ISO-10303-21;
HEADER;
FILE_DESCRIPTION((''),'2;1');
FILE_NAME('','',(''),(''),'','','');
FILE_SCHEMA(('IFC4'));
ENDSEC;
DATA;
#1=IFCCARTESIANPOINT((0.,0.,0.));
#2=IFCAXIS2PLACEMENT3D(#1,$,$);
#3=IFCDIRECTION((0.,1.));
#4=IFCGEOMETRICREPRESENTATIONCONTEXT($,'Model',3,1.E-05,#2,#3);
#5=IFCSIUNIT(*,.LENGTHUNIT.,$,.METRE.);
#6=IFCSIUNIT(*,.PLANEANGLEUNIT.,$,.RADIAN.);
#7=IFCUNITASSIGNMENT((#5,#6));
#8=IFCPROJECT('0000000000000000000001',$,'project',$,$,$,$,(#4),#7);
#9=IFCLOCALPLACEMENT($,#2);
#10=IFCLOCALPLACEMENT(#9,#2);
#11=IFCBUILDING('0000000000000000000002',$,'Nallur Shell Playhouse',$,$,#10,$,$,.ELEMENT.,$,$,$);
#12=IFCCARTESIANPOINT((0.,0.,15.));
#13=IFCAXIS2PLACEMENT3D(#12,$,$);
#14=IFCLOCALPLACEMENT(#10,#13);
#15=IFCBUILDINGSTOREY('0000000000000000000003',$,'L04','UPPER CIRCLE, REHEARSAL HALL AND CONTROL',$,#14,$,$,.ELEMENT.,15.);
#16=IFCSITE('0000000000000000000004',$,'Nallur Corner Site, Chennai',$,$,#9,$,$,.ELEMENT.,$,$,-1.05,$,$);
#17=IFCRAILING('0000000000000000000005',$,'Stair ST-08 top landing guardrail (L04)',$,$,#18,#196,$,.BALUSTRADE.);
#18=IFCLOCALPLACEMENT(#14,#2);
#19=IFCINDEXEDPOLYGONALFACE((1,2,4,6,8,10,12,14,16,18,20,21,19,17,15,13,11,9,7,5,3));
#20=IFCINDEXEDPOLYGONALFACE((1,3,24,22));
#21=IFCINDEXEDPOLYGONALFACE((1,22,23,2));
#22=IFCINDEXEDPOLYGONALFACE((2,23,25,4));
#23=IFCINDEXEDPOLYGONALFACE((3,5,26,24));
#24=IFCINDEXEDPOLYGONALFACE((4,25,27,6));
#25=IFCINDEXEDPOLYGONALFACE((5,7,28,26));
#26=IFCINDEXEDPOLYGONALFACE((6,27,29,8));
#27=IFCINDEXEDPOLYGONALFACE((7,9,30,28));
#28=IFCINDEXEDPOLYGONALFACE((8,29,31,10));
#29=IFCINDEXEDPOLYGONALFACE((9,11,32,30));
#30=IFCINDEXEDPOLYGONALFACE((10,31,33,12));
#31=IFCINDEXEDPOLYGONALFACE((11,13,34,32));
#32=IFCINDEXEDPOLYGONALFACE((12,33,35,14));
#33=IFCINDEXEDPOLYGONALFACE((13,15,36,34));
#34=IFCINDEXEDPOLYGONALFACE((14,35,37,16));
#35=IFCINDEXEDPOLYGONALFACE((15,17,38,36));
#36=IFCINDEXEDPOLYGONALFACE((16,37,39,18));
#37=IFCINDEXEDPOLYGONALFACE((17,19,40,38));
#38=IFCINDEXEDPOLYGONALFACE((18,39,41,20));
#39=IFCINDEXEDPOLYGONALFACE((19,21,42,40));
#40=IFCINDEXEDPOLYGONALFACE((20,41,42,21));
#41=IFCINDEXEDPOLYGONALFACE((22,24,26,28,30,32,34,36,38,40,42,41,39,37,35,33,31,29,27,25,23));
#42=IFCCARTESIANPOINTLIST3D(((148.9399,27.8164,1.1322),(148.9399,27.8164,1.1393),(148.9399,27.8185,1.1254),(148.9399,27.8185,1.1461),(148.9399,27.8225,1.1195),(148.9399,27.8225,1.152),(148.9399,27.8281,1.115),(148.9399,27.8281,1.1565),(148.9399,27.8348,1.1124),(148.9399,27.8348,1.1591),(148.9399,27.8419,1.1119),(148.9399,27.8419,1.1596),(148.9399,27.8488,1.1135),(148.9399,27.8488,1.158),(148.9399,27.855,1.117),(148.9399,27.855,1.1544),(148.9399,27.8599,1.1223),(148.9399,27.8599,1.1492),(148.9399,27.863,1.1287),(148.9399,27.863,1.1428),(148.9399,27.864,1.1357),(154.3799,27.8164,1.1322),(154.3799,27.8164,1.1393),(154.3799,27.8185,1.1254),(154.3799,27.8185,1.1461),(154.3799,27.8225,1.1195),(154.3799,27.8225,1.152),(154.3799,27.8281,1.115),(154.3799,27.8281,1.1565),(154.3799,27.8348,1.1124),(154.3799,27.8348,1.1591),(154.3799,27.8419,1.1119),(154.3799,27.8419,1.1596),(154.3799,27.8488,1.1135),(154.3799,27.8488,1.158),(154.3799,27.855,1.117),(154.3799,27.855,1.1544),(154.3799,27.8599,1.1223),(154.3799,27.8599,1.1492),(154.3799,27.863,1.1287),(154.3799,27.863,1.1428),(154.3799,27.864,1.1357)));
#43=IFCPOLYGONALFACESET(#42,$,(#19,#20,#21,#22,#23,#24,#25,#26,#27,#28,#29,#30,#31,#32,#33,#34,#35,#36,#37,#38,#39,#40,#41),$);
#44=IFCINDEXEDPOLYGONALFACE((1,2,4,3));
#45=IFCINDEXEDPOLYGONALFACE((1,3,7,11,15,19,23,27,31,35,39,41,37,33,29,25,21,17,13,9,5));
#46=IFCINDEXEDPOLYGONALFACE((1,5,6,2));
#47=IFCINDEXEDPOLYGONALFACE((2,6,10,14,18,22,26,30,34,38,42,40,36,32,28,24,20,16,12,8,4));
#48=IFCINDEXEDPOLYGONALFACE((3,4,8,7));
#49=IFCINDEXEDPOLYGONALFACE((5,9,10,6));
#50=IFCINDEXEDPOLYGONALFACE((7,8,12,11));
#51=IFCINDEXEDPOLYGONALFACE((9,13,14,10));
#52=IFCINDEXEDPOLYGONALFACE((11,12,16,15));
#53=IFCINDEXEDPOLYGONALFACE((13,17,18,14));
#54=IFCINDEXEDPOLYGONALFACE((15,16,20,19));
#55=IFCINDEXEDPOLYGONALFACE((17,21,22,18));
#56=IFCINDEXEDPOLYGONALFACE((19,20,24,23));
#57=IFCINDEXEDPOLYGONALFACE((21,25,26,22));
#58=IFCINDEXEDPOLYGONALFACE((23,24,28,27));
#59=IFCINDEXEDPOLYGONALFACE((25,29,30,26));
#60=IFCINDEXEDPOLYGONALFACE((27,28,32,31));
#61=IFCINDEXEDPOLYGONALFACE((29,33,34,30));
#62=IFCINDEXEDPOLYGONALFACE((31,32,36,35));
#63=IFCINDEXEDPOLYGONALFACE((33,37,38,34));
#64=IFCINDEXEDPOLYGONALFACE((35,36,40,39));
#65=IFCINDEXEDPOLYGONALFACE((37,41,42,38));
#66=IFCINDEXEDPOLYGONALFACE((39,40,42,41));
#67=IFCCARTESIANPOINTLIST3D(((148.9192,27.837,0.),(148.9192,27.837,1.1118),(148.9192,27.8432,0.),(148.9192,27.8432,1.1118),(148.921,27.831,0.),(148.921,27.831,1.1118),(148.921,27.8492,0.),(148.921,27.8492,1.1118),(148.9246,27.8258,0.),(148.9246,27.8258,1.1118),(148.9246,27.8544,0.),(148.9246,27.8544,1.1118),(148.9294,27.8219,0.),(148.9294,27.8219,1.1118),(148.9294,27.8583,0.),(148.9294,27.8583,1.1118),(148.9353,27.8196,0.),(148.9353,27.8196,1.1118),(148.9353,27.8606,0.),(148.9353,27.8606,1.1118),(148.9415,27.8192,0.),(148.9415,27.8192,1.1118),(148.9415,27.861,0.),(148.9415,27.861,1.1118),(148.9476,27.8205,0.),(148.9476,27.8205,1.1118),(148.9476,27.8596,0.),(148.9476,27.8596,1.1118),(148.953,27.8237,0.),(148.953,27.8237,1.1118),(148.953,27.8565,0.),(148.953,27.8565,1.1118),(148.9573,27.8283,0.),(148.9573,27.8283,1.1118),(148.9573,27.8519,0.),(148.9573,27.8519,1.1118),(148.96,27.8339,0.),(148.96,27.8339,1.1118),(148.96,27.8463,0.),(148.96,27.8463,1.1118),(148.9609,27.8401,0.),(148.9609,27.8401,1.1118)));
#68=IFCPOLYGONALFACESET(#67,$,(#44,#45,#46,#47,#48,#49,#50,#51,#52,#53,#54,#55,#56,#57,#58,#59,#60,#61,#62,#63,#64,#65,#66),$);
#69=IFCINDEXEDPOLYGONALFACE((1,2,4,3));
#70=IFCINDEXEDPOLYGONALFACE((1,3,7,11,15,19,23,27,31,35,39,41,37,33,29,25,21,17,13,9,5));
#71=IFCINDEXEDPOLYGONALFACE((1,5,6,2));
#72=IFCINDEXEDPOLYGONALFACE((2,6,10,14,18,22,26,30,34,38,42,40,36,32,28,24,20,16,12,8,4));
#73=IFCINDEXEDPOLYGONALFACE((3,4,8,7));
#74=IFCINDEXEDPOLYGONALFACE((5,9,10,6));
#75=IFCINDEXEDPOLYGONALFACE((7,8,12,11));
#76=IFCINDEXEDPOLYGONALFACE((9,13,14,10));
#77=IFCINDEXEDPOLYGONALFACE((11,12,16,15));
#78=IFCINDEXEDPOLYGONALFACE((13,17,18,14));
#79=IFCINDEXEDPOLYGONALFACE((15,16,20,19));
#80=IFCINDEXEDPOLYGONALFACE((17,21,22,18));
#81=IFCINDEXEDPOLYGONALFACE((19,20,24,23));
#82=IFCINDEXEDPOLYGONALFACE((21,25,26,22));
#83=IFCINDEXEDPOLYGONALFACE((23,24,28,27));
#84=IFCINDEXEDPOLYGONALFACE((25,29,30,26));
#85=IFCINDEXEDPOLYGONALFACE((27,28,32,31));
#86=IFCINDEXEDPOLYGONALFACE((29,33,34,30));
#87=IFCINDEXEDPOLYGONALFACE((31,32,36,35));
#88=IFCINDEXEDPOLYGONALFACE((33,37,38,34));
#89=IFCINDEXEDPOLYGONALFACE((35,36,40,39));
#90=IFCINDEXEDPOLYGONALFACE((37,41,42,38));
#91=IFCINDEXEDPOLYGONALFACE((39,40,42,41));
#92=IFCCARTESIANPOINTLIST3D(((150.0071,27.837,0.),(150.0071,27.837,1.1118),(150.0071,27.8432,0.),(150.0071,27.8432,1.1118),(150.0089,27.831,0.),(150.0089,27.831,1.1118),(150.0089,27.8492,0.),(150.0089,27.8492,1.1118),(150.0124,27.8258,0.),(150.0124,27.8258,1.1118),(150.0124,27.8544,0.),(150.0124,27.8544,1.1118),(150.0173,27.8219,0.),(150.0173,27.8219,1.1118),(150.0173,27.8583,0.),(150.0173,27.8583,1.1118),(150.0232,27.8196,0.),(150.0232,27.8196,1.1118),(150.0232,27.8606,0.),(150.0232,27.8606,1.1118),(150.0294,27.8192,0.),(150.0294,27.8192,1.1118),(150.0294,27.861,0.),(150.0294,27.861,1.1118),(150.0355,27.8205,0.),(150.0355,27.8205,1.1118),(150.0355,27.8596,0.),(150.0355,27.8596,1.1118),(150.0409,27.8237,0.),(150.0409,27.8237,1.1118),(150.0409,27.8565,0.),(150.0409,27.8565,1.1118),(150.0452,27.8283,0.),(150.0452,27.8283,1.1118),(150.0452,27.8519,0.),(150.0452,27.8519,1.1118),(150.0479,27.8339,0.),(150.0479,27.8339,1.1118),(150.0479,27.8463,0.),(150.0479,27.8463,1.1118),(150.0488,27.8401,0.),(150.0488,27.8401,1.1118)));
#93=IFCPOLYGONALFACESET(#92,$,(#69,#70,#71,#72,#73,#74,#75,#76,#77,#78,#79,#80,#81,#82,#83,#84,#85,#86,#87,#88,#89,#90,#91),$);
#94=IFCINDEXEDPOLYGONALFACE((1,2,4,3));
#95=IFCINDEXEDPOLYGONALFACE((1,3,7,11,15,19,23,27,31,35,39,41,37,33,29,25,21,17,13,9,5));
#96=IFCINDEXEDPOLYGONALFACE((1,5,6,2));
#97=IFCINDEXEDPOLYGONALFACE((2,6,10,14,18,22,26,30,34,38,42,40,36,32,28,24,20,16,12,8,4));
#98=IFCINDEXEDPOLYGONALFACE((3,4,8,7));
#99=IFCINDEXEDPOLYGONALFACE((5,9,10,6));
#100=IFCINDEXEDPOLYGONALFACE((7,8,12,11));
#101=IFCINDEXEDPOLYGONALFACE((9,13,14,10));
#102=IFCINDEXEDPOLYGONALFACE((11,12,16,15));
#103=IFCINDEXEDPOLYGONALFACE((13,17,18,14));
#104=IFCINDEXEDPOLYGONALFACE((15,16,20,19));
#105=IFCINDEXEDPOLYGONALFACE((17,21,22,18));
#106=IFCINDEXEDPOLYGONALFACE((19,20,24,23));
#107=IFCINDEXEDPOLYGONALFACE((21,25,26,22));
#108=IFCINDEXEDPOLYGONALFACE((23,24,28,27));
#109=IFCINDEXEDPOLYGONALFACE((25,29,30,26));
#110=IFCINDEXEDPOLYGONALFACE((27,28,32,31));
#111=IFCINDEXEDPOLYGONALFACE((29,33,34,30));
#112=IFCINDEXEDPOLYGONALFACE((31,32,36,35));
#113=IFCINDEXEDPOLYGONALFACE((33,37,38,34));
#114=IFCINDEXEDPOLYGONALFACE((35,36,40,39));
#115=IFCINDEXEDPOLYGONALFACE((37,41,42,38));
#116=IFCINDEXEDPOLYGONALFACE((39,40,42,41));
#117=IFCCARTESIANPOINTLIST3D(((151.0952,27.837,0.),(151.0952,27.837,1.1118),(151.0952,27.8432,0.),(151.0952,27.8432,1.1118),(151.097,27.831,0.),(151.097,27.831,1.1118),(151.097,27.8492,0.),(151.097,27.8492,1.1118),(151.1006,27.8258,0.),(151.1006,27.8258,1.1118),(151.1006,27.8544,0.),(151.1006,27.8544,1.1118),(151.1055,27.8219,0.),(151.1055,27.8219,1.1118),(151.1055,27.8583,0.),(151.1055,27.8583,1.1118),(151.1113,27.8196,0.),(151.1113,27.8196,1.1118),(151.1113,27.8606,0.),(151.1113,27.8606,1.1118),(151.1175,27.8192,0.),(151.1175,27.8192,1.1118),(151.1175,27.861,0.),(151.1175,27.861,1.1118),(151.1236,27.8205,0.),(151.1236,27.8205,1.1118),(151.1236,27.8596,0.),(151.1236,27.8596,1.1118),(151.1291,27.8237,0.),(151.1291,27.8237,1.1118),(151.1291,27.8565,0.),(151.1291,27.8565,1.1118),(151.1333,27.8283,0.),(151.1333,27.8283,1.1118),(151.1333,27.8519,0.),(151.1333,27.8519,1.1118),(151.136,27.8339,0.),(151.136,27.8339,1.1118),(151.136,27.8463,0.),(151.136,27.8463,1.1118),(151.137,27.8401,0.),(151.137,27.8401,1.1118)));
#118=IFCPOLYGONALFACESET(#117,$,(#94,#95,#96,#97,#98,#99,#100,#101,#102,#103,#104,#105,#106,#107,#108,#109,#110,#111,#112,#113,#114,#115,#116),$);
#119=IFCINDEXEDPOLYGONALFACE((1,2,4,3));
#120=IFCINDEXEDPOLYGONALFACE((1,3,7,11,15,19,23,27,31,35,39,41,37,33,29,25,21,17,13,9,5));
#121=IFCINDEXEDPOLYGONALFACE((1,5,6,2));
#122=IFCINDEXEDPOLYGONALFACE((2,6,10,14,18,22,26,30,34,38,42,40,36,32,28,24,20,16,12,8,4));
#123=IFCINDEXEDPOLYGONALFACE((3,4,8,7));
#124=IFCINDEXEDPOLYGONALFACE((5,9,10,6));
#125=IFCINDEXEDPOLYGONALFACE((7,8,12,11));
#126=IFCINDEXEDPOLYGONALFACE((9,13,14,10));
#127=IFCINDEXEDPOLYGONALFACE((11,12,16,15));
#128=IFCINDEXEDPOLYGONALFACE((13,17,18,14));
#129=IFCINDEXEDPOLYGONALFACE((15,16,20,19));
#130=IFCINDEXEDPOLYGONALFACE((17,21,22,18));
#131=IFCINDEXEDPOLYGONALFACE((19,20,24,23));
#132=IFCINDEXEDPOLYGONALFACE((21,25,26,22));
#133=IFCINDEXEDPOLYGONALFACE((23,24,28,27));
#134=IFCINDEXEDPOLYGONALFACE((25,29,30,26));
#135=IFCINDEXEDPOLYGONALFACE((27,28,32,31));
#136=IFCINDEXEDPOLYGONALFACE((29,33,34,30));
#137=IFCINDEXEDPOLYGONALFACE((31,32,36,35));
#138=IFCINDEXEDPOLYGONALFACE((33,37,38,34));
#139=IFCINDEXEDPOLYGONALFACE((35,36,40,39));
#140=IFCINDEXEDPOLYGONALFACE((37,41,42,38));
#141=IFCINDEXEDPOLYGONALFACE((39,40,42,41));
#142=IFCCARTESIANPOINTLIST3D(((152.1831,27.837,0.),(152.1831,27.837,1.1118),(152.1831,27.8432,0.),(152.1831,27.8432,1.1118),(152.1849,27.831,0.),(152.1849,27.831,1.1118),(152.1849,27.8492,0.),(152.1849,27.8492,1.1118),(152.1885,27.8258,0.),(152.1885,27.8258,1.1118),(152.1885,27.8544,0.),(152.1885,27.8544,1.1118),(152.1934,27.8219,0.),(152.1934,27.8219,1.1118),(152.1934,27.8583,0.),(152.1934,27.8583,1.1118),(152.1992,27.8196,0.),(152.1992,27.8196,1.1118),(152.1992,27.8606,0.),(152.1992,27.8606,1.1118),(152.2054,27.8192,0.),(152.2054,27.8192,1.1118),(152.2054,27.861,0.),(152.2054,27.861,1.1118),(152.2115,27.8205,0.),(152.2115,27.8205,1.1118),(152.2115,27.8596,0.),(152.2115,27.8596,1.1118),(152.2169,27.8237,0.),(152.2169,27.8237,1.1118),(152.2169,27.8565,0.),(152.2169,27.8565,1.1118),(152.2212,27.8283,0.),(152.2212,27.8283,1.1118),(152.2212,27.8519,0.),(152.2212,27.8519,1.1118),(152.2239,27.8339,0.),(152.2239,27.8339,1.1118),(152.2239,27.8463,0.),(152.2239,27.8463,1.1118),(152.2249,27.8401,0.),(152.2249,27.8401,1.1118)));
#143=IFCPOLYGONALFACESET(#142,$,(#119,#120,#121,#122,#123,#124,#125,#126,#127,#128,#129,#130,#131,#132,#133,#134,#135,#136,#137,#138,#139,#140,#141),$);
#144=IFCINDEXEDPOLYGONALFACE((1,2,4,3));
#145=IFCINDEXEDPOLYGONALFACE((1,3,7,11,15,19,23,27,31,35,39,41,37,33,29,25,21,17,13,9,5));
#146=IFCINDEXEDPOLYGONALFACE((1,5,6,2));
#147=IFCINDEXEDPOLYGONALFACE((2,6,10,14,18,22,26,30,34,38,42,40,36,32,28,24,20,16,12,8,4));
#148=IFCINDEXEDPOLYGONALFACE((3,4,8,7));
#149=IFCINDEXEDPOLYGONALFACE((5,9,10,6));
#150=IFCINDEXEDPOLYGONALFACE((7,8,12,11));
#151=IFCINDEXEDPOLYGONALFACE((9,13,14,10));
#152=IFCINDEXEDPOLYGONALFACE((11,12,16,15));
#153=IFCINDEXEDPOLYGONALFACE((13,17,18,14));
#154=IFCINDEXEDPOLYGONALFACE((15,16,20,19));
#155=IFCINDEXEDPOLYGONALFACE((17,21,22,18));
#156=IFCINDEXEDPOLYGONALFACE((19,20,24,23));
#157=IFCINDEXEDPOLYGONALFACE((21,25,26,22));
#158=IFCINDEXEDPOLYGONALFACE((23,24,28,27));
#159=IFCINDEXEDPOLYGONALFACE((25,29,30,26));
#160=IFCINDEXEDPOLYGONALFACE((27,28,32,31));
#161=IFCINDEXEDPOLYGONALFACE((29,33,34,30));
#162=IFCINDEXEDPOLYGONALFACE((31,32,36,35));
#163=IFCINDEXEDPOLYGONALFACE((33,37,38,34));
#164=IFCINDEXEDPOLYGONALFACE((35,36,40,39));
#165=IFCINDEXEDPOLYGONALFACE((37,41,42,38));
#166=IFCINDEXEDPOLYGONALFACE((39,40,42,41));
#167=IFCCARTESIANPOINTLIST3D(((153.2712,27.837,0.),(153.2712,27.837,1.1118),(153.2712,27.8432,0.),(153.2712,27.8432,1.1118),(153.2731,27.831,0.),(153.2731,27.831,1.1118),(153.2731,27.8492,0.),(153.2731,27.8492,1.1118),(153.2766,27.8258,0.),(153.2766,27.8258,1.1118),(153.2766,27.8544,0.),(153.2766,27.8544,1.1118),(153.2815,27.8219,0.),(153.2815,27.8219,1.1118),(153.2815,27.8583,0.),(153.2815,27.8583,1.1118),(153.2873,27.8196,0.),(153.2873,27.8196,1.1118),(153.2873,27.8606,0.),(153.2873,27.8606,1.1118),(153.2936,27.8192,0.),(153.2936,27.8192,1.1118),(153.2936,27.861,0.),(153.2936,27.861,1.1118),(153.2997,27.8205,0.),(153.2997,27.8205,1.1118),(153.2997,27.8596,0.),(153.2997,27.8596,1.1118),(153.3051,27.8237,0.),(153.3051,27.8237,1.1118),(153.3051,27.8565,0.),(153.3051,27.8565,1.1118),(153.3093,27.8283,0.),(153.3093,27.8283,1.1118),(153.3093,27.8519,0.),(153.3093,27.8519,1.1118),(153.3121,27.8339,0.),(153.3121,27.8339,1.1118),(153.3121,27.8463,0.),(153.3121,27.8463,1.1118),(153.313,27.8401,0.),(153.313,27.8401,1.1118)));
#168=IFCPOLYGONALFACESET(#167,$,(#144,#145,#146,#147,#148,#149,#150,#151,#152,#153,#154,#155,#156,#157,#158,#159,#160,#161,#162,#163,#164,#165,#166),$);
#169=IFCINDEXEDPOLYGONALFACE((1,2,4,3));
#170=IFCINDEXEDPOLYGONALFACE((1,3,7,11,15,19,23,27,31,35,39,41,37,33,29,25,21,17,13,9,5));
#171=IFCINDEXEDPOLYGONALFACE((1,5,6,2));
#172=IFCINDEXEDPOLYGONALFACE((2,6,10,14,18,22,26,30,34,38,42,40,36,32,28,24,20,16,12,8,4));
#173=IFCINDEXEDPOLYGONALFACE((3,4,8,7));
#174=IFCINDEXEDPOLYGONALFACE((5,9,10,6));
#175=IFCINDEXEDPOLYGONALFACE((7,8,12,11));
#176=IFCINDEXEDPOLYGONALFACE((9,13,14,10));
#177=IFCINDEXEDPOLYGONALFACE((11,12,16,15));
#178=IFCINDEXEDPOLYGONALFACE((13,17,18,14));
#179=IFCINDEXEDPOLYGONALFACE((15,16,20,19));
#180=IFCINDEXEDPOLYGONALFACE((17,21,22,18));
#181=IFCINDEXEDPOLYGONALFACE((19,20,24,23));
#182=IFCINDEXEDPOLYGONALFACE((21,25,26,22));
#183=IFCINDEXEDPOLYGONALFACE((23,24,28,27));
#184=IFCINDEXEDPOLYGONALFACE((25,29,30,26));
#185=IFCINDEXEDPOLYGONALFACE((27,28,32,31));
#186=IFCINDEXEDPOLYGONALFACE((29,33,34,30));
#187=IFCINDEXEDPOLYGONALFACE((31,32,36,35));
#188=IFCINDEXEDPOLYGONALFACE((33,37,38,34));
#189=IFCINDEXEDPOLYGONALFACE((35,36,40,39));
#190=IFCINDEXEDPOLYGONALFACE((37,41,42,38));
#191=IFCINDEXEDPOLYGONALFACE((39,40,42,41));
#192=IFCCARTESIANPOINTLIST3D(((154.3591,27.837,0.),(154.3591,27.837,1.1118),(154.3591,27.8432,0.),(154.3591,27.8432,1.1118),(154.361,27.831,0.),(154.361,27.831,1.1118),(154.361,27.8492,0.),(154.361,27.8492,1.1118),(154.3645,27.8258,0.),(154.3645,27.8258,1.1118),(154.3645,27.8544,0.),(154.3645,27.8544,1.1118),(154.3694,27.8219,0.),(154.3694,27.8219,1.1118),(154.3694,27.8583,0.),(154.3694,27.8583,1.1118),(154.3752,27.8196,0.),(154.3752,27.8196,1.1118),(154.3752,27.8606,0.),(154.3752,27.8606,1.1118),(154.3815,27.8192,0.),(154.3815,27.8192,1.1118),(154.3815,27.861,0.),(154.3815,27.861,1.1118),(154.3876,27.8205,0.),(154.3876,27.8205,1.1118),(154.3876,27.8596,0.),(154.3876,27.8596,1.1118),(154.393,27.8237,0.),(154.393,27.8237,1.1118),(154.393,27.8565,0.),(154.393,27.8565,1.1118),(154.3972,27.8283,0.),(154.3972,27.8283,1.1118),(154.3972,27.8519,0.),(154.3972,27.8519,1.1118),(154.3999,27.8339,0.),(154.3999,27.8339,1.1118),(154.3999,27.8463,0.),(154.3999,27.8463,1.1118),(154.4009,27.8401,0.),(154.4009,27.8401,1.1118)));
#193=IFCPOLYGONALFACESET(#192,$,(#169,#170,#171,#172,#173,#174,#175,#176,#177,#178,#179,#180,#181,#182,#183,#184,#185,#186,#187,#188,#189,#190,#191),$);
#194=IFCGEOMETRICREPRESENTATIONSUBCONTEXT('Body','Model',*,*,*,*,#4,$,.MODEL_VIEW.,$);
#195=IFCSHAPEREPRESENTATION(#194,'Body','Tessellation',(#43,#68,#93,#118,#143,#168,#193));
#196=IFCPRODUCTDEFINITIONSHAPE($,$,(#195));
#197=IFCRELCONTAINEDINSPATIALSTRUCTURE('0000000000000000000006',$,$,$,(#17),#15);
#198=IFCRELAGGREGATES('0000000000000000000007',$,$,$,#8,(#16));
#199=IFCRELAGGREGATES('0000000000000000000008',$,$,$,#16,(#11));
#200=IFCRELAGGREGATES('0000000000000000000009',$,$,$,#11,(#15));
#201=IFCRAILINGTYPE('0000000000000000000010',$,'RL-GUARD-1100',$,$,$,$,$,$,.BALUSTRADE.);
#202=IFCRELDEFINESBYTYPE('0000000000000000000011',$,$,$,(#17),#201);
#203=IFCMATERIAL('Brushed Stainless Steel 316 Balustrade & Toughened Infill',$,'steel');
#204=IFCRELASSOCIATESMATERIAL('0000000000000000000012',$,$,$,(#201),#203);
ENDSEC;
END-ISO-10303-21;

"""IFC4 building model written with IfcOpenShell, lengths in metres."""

from ifc_helpers import new_model, si_unit, direction, frame, origin, origin_2d, place, context, subcontext, project, spatial, circle, extrude, material, type_object, element, save


model = new_model("IFC4")

# Units and contexts
model_context = context("Model", 3, precision=1e-05, world=origin(), true_north=direction((0.0, 1.0)))
body_context = subcontext(model_context, "Body", "Model", "MODEL_VIEW")
ifc_project = project(units=[si_unit("LENGTHUNIT", "METRE"), si_unit("PLANEANGLEUNIT", "RADIAN")], contexts=[model_context])

# Site, building, storey
site_placement = place(None, origin())
site = spatial("IfcSite", under=ifc_project, at=site_placement, Name="Nallur Corner Site, Chennai", CompositionType="ELEMENT", RefElevation=-1.05)
building_placement = place(site_placement, origin())
building = spatial("IfcBuilding", under=site, at=building_placement, Name="Nallur Shell Playhouse", CompositionType="ELEMENT")
storey_placement = place(building_placement, frame((0.0, 0.0, 15.0)))
storey = spatial("IfcBuildingStorey", under=building, at=storey_placement, Name="L04", Description="UPPER CIRCLE, REHEARSAL HALL AND CONTROL", CompositionType="ELEMENT", Elevation=15.0)

# Railing
ifc_material_1 = material(Name="Brushed Stainless Steel 316 Balustrade & Toughened Infill", Category="steel")
railing_type_1 = type_object("IfcRailingType", Name="RL-GUARD-1100", PredefinedType="BALUSTRADE", material=ifc_material_1)
for number, where, name in (
    (1, (148.9399, 27.8401, 0.0), "Stair ST-08 top landing guardrail (L04)"),
):
    element("IfcRailing", number, at=place(storey_placement, frame(where)), inside=storey, type_object=railing_type_1, Name=name, PredefinedType="BALUSTRADE", context=body_context, shape_type="SweptSolid", body=[
        extrude(circle(Radius=0.0239, at=origin_2d()), frame((0.0, 0.0, 1.1357), z_axis=(1.0, 0.0, 0.0), x_axis=(0.0, 1.0, 0.0)), (0.0, 0.0, 1.0), 5.4399),
        extrude(circle(Radius=0.021, at=origin_2d()), origin(), (0.0, 0.0, 1.0), 1.1118),
        extrude(circle(Radius=0.021, at=origin_2d()), frame((1.0879, 0.0, 0.0)), (0.0, 0.0, 1.0), 1.1118),
        extrude(circle(Radius=0.021, at=origin_2d()), frame((2.176, 0.0, 0.0)), (0.0, 0.0, 1.0), 1.1118),
        extrude(circle(Radius=0.021, at=origin_2d()), frame((3.2639, 0.0, 0.0)), (0.0, 0.0, 1.0), 1.1118),
        extrude(circle(Radius=0.021, at=origin_2d()), frame((4.3521, 0.0, 0.0)), (0.0, 0.0, 1.0), 1.1118),
        extrude(circle(Radius=0.021, at=origin_2d()), frame((5.4399, 0.0, 0.0)), (0.0, 0.0, 1.0), 1.1118),
    ])

save(model, "model.ifc")
